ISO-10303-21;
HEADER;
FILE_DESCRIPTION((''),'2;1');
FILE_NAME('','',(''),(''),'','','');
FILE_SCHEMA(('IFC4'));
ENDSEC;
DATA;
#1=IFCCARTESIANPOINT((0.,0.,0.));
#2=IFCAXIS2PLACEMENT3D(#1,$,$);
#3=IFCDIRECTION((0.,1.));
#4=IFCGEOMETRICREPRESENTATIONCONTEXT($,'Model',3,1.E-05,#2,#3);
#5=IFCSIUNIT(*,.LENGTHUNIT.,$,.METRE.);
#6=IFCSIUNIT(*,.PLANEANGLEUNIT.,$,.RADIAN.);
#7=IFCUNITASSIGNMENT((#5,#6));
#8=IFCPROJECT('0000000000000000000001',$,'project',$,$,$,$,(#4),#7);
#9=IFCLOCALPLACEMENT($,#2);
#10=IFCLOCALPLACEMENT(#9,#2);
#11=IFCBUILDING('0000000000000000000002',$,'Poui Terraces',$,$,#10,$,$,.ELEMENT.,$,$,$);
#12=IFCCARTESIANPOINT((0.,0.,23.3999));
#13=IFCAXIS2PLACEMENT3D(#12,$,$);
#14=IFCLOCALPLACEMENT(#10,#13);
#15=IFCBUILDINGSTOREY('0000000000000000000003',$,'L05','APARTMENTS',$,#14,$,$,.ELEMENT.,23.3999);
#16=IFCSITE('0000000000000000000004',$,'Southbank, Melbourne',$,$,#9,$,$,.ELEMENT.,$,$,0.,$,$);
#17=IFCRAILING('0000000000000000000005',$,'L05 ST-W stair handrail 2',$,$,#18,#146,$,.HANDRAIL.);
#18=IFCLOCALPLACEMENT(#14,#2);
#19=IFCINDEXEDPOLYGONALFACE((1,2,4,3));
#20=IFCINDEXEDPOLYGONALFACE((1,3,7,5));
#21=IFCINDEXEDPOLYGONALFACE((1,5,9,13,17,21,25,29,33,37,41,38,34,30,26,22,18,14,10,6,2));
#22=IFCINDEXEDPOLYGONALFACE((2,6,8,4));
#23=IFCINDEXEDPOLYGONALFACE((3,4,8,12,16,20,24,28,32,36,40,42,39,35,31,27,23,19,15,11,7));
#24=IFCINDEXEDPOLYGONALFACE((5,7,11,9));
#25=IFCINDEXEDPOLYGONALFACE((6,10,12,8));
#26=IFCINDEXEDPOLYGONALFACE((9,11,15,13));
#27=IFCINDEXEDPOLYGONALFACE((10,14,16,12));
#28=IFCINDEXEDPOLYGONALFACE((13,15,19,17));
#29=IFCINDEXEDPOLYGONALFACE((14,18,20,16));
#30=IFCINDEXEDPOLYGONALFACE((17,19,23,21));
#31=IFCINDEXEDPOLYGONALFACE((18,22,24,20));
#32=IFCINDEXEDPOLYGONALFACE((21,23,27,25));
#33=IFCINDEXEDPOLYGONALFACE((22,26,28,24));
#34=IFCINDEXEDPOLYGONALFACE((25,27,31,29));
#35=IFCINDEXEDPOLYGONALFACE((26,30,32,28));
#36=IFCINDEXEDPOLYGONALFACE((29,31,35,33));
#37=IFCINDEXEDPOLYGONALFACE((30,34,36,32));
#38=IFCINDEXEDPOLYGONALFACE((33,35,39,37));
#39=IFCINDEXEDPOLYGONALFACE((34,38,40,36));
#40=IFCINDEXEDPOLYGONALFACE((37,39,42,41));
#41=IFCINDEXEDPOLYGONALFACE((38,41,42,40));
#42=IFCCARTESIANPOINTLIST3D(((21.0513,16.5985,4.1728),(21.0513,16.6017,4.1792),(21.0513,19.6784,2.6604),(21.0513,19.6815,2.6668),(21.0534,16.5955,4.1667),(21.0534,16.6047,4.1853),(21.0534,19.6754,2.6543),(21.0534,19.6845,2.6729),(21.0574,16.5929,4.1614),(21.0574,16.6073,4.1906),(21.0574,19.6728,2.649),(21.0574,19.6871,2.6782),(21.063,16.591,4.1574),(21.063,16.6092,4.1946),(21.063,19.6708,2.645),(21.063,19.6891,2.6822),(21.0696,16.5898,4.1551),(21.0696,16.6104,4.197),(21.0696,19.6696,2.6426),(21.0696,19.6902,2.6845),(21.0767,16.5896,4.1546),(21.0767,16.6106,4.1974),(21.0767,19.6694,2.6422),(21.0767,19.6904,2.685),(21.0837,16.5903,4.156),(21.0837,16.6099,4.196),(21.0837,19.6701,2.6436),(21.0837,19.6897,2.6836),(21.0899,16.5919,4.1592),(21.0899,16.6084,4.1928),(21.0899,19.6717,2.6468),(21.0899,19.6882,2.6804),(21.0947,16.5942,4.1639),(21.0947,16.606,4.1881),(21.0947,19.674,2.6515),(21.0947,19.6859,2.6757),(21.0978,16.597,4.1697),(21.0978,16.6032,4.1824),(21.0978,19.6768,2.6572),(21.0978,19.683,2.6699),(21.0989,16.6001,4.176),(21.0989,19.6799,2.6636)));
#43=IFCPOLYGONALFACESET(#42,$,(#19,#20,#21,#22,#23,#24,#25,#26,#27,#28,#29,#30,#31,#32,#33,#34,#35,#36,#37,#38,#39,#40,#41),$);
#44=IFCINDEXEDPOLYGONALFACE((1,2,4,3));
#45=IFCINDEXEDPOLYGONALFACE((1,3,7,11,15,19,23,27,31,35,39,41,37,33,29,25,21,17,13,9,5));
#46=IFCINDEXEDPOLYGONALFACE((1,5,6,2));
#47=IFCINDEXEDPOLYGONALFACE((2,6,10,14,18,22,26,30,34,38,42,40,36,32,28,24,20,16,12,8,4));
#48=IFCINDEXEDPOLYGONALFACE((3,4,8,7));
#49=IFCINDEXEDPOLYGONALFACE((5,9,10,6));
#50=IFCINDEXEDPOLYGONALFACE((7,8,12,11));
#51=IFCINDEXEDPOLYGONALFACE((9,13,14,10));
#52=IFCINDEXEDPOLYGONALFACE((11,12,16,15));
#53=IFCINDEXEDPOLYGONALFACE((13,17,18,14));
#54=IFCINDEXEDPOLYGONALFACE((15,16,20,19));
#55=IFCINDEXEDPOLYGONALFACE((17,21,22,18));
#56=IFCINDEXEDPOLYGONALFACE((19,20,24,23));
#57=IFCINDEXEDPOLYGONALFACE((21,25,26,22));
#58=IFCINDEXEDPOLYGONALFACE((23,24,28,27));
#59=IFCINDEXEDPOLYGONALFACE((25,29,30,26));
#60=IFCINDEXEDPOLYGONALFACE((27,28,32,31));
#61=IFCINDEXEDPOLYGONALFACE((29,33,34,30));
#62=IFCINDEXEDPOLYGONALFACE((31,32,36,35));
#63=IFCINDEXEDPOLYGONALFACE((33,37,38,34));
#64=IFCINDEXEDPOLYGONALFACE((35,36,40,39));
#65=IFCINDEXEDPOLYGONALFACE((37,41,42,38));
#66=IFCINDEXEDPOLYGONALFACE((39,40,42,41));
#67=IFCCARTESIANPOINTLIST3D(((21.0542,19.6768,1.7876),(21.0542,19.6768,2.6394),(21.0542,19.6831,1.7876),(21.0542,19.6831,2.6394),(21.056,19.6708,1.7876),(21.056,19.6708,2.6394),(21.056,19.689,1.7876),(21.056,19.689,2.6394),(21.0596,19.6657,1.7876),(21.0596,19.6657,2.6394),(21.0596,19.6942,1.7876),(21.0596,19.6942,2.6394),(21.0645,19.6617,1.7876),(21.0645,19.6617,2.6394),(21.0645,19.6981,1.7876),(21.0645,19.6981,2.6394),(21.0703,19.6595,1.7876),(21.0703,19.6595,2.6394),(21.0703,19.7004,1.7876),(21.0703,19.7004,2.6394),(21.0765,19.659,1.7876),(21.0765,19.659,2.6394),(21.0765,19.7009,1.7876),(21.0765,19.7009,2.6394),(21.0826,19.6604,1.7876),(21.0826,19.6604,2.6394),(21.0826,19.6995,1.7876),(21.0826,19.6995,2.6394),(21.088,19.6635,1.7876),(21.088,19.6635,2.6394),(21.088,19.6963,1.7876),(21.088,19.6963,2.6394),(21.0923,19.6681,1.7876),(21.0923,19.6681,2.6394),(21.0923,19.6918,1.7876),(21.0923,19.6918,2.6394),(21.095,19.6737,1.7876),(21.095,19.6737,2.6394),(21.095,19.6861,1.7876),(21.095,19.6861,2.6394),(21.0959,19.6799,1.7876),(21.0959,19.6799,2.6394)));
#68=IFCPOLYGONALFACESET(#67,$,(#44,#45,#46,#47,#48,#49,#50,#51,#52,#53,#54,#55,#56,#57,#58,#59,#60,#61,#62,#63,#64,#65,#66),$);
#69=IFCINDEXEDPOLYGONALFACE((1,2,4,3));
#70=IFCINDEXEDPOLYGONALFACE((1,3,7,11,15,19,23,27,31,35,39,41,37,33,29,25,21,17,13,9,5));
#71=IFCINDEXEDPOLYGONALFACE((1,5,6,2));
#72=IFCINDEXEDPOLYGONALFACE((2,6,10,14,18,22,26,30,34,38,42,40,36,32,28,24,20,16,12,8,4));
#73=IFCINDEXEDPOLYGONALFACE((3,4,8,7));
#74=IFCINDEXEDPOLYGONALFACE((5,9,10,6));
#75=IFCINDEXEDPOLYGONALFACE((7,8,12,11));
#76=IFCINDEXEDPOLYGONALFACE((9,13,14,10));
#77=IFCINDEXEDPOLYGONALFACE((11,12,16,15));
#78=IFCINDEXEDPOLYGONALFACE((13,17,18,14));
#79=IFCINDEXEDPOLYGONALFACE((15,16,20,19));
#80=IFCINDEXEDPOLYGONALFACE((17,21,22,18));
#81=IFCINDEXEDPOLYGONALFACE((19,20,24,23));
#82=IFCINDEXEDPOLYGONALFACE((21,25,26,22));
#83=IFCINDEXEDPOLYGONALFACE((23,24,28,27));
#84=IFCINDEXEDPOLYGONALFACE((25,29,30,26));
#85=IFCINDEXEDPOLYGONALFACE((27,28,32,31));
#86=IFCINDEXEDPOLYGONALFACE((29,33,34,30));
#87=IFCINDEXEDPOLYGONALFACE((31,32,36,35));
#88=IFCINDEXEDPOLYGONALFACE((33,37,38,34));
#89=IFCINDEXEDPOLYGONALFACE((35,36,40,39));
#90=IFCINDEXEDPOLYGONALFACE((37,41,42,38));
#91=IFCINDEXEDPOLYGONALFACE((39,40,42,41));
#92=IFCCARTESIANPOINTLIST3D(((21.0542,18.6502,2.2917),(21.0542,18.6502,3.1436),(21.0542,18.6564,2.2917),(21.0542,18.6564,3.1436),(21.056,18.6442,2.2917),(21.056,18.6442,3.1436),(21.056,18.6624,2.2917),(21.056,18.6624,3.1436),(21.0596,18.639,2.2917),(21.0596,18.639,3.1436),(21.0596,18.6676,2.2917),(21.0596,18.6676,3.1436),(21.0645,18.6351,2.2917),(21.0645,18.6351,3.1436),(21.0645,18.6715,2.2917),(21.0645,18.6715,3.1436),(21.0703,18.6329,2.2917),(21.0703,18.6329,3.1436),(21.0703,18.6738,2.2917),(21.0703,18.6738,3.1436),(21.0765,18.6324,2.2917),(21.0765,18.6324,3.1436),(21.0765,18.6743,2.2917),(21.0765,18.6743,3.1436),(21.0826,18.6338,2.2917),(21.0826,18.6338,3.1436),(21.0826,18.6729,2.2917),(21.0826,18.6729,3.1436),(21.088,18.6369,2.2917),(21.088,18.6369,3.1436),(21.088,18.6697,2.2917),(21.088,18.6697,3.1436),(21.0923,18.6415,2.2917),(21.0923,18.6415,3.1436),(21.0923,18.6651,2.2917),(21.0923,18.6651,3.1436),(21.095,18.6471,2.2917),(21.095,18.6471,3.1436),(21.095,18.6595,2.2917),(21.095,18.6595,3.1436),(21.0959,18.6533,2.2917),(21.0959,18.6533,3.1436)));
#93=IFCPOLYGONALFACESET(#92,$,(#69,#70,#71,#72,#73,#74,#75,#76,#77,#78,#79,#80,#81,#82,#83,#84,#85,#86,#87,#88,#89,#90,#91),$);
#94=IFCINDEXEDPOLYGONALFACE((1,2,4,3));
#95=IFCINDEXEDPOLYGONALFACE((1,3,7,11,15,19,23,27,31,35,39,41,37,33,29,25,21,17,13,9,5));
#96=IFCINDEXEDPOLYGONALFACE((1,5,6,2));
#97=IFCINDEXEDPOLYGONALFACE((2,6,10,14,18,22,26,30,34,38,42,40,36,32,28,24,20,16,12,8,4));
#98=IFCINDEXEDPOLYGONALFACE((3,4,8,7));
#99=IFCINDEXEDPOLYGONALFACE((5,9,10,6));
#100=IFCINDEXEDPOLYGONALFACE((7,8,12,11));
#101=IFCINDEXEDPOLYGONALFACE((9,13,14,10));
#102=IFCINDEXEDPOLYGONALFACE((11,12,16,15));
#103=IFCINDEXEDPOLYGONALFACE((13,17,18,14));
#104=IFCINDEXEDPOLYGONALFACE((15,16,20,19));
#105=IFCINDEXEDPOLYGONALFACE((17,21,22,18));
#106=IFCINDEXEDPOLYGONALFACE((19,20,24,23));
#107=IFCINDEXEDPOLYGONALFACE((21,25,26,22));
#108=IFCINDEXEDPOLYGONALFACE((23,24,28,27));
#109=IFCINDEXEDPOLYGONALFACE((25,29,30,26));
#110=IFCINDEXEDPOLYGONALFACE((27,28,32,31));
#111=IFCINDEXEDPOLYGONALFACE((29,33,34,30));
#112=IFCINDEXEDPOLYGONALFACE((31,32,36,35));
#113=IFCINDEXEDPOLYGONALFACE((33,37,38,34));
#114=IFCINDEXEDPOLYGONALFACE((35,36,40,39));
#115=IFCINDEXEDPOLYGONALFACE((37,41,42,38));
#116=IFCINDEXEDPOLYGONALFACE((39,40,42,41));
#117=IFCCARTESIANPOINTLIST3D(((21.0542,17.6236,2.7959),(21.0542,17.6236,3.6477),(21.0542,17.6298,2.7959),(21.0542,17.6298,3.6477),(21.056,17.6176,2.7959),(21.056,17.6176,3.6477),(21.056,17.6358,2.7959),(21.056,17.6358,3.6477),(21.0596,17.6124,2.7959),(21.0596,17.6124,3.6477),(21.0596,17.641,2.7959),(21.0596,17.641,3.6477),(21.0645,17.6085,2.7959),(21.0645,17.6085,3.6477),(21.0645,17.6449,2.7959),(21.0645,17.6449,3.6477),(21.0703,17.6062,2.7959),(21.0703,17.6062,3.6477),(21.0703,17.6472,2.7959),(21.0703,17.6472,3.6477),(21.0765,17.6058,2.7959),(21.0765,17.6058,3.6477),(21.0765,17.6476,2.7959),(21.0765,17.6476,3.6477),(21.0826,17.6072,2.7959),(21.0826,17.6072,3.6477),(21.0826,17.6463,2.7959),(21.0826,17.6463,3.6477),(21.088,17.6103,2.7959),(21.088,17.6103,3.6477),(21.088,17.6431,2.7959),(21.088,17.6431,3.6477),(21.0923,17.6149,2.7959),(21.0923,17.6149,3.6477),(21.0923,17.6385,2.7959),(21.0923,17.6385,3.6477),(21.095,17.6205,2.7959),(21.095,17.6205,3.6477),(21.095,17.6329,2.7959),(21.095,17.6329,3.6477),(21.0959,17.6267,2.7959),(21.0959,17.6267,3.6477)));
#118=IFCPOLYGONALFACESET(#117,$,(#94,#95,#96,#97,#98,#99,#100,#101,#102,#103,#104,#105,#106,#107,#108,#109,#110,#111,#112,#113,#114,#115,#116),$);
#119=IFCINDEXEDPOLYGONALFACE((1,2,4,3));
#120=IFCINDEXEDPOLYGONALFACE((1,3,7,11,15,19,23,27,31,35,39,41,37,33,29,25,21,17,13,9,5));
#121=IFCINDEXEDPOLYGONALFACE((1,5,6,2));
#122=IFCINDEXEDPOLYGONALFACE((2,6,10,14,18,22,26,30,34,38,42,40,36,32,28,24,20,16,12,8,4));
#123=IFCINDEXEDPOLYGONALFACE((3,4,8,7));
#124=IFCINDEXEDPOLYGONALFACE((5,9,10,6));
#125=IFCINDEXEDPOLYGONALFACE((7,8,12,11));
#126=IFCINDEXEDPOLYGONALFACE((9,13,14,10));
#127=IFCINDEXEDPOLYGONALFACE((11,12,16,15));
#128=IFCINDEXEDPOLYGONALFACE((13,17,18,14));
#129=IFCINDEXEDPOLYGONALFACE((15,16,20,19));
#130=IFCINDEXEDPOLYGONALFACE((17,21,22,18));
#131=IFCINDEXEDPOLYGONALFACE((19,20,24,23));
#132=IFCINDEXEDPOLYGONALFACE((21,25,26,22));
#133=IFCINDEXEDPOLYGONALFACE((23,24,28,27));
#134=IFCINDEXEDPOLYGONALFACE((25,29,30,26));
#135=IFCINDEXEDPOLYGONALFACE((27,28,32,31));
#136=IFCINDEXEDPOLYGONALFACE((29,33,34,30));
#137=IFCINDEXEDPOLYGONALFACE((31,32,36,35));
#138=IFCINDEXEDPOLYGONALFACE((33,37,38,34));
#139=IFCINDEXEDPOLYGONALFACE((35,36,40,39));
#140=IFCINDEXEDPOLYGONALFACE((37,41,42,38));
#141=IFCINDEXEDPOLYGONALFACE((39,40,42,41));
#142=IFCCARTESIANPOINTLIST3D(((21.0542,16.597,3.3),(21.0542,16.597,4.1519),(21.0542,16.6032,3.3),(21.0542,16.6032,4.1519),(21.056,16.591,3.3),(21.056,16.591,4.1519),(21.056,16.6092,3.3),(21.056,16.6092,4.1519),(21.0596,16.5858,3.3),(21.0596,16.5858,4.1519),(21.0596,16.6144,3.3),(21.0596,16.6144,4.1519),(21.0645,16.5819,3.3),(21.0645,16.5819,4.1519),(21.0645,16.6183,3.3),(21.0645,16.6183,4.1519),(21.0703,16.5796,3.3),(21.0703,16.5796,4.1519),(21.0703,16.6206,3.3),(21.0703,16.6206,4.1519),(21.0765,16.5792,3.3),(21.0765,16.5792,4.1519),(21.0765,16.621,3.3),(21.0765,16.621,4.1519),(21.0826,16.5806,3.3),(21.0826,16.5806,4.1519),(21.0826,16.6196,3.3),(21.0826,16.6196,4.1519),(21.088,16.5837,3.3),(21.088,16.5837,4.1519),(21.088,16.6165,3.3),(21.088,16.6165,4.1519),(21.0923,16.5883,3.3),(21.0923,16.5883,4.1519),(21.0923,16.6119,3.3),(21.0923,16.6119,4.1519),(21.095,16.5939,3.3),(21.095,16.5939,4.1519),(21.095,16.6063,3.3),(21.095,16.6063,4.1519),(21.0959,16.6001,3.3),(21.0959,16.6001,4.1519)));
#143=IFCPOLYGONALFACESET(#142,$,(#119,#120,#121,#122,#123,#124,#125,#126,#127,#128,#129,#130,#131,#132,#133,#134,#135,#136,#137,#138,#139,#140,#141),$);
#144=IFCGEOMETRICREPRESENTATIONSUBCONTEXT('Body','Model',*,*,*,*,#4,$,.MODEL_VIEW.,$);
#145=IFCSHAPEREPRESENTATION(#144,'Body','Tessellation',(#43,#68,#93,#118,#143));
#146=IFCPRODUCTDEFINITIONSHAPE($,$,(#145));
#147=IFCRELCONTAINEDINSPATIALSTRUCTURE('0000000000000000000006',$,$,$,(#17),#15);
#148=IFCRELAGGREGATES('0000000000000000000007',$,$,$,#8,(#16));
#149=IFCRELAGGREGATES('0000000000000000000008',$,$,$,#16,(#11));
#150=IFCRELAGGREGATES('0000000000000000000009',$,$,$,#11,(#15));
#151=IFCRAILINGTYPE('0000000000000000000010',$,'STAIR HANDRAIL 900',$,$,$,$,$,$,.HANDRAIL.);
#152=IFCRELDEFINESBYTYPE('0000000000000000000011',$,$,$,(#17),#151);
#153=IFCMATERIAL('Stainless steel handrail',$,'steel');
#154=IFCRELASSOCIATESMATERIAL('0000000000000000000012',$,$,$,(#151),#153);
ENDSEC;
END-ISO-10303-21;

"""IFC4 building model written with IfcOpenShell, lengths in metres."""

from ifc_helpers import new_model, si_unit, direction, frame, origin, origin_2d, place, context, subcontext, project, spatial, circle, extrude, material, type_object, element, save


model = new_model("IFC4")

# Units and contexts
model_context = context("Model", 3, precision=1e-05, world=origin(), true_north=direction((0.0, 1.0)))
body_context = subcontext(model_context, "Body", "Model", "MODEL_VIEW")
ifc_project = project(units=[si_unit("LENGTHUNIT", "METRE"), si_unit("PLANEANGLEUNIT", "RADIAN")], contexts=[model_context])

# Site, building, storey
site_placement = place(None, origin())
site = spatial("IfcSite", under=ifc_project, at=site_placement, Name="Southbank, Melbourne", CompositionType="ELEMENT", RefElevation=0.0)
building_placement = place(site_placement, origin())
building = spatial("IfcBuilding", under=site, at=building_placement, Name="Poui Terraces", CompositionType="ELEMENT")
storey_placement = place(building_placement, frame((0.0, 0.0, 23.3999)))
storey = spatial("IfcBuildingStorey", under=building, at=storey_placement, Name="L05", Description="APARTMENTS", CompositionType="ELEMENT", Elevation=23.3999)

# Railing
ifc_material_1 = material(Name="Stainless steel handrail", Category="steel")
railing_type_1 = type_object("IfcRailingType", Name="STAIR HANDRAIL 900", PredefinedType="HANDRAIL", material=ifc_material_1)
railing_1_placement = place(storey_placement, frame((21.075, 19.6799, 1.7876)))
element("IfcRailing", 1, at=railing_1_placement, inside=storey, type_object=railing_type_1, Name="L05 ST-W stair handrail 2", PredefinedType="HANDRAIL", context=body_context, shape_type="SweptSolid", body=[
    extrude(circle(Radius=0.0239, at=origin_2d()), frame((0.0, 0.0, 0.876), z_axis=(0.0, -0.897606, 0.440798), x_axis=(1.0, 0.0, 0.0)), (0.0, 0.0, 1.0), 3.4312),
    extrude(circle(Radius=0.021, at=origin_2d()), origin(), (0.0, 0.0, 1.0), 0.8518),
    extrude(circle(Radius=0.021, at=origin_2d()), frame((0.0, -1.0266, 0.5042)), (0.0, 0.0, 1.0), 0.8518),
    extrude(circle(Radius=0.021, at=origin_2d()), frame((0.0, -2.0532, 1.0083)), (0.0, 0.0, 1.0), 0.8518),
    extrude(circle(Radius=0.021, at=origin_2d()), frame((0.0, -3.0798, 1.5125)), (0.0, 0.0, 1.0), 0.8518),
])

save(model, "model.ifc")
